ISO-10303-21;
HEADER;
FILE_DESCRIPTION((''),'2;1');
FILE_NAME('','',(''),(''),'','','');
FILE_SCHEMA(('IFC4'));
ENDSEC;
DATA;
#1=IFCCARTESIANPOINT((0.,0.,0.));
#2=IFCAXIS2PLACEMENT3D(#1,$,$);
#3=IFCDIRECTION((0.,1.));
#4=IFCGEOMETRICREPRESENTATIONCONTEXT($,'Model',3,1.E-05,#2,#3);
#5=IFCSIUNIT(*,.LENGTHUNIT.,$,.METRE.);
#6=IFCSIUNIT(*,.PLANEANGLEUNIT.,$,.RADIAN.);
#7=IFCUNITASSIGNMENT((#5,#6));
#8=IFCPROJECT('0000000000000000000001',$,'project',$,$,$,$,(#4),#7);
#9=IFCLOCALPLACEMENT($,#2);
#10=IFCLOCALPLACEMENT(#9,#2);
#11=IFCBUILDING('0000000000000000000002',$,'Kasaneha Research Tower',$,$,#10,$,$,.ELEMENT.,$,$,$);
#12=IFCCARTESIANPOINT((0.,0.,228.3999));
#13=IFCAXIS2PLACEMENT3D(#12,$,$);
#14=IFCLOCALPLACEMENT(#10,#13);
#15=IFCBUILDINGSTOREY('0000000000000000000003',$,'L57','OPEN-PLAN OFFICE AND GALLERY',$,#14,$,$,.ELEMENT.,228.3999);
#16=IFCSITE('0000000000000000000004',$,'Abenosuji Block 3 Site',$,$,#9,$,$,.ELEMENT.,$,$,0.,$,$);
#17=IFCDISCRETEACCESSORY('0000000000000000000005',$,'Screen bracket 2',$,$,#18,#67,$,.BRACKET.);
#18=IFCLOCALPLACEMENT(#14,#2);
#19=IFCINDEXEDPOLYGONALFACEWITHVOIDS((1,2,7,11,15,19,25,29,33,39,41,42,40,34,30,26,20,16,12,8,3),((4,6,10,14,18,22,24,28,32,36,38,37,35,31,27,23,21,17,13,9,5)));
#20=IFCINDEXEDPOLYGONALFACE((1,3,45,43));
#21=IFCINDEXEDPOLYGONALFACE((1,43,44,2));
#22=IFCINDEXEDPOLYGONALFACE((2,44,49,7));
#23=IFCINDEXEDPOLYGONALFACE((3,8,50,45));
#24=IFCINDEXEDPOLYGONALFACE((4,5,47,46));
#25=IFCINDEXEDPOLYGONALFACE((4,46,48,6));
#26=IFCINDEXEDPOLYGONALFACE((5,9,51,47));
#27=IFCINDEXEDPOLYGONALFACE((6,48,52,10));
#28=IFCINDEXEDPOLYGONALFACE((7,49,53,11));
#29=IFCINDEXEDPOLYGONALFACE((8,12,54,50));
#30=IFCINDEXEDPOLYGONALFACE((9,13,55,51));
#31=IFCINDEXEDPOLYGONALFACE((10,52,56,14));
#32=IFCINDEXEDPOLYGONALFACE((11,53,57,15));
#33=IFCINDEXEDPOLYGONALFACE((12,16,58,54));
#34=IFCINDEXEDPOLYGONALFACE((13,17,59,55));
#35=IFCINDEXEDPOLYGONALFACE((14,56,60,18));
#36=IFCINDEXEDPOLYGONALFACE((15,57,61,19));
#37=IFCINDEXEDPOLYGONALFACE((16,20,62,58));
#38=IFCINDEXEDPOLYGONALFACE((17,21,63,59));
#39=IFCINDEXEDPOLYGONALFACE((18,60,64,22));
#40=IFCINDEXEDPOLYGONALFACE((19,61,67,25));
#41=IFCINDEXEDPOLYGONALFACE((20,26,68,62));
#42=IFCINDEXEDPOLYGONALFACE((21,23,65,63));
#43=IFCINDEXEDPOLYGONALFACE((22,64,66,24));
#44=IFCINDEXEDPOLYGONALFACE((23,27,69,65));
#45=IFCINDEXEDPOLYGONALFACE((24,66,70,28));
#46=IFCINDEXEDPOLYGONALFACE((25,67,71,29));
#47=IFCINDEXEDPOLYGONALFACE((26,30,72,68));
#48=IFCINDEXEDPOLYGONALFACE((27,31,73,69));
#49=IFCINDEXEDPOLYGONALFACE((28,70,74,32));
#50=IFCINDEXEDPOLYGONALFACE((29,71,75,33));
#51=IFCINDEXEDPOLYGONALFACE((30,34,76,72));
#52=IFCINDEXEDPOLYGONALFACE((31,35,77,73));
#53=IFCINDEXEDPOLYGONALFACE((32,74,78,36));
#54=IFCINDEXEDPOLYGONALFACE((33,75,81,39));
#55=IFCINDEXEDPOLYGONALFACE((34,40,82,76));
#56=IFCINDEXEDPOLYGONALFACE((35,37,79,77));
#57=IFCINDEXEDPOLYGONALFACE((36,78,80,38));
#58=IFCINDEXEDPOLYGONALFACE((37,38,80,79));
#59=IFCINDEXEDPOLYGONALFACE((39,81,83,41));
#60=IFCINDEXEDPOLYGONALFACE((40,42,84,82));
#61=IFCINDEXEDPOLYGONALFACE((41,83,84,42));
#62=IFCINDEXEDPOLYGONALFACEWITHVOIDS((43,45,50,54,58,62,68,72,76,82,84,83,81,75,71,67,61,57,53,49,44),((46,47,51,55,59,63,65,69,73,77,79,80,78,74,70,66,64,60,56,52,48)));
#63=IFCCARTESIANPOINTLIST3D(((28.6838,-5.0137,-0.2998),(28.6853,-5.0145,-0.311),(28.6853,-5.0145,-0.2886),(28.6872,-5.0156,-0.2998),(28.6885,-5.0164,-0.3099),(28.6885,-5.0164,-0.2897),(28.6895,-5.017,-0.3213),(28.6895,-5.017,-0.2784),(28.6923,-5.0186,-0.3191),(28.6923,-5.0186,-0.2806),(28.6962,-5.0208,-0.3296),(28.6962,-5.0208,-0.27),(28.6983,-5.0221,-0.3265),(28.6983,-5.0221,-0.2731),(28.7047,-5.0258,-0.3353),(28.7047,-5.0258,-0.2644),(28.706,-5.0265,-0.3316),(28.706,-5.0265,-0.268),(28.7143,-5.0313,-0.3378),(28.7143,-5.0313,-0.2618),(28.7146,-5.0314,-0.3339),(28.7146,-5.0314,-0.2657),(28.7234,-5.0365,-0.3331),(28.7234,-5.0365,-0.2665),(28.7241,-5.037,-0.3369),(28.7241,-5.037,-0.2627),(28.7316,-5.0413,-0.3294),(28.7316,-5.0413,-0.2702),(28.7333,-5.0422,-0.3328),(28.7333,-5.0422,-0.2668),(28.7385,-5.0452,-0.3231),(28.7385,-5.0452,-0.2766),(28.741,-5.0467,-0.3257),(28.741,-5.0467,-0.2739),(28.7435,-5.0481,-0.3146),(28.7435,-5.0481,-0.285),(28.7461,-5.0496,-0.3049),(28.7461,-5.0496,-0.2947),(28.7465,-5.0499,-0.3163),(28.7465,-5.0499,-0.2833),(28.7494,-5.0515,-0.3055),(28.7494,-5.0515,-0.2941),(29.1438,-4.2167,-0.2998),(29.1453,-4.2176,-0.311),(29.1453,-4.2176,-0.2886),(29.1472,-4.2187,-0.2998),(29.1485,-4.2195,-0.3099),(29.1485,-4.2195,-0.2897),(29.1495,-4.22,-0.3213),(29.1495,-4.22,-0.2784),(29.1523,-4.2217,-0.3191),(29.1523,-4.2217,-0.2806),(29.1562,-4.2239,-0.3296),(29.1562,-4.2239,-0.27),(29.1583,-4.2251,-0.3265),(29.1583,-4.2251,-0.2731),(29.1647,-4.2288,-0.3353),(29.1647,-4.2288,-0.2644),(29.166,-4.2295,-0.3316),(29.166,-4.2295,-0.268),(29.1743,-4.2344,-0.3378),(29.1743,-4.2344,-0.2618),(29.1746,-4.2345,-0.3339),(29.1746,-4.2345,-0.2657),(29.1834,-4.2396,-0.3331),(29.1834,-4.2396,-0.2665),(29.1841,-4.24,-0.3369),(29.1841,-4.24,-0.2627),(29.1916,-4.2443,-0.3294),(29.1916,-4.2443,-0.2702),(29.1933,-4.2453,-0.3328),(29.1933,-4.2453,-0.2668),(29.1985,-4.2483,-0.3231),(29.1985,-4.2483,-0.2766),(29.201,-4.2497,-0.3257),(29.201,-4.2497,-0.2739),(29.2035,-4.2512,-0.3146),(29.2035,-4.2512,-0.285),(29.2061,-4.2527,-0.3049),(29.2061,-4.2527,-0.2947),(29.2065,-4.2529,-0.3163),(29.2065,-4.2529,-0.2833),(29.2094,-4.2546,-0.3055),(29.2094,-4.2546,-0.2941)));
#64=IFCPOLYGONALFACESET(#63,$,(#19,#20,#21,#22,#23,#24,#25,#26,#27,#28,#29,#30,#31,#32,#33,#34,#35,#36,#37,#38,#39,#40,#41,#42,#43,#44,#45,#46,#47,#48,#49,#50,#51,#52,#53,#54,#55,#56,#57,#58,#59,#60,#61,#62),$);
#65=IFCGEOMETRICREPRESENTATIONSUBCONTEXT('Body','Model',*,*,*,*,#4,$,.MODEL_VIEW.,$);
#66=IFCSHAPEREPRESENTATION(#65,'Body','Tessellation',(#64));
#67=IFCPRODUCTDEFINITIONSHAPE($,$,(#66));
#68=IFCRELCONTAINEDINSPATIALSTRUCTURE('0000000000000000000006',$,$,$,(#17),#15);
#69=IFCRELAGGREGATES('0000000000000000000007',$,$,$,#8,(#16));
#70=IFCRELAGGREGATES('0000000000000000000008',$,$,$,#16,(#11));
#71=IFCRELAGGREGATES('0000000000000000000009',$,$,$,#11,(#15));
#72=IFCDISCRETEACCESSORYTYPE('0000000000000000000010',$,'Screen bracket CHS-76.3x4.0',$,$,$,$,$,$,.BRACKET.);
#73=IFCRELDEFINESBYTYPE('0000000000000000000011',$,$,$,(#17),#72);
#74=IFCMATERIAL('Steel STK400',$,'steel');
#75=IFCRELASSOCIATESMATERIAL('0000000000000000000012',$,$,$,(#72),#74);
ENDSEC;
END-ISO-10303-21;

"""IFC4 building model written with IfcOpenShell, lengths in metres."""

from ifc_helpers import new_model, si_unit, direction, frame, origin, origin_2d, place, context, subcontext, project, spatial, hollow_circle, extrude, material, material_profile, profile_set, type_object, element, save


model = new_model("IFC4")

# Units and contexts
model_context = context("Model", 3, precision=1e-05, world=origin(), true_north=direction((0.0, 1.0)))
body_context = subcontext(model_context, "Body", "Model", "MODEL_VIEW")
ifc_project = project(units=[si_unit("LENGTHUNIT", "METRE"), si_unit("PLANEANGLEUNIT", "RADIAN")], contexts=[model_context])

# Site, building, storey
site_placement = place(None, origin())
site = spatial("IfcSite", under=ifc_project, at=site_placement, Name="Abenosuji Block 3 Site", CompositionType="ELEMENT", RefElevation=0.0)
building_placement = place(site_placement, origin())
building = spatial("IfcBuilding", under=site, at=building_placement, Name="Kasaneha Research Tower", CompositionType="ELEMENT")
storey_placement = place(building_placement, frame((0.0, 0.0, 228.3999)))
storey = spatial("IfcBuildingStorey", under=building, at=storey_placement, Name="L57", Description="OPEN-PLAN OFFICE AND GALLERY", CompositionType="ELEMENT", Elevation=228.3999)

# Discrete accessory
ifc_material_1 = material(Name="Steel STK400", Category="steel")
ifc_material_profile_1 = material_profile(ifc_material_1, hollow_circle(Radius=0.0381, WallThickness=0.0039, at=origin_2d()), Name="CHS-76.3x4.0")
ifc_profile_set_1 = profile_set([ifc_material_profile_1], Name="Steel STK400")
discrete_accessory_type = type_object("IfcDiscreteAccessoryType", Name="Screen bracket CHS-76.3x4.0", PredefinedType="BRACKET", material=ifc_profile_set_1)
discrete_accessory_1_placement = place(storey_placement, frame((28.7168, -5.0327, -0.2998), z_axis=(0.499906, 0.86608, 0.0), x_axis=(-0.86608, 0.499906, 0.0)))
element("IfcDiscreteAccessory", 1, at=discrete_accessory_1_placement, inside=storey, type_object=discrete_accessory_type, Name="Screen bracket 2", PredefinedType="BRACKET", context=body_context, shape_type="SweptSolid", body=[
    extrude(hollow_circle(Radius=0.0381, WallThickness=0.0039, at=origin_2d()), origin(), (0.0, 0.0, 1.0), 0.9202),
])

save(model, "model.ifc")
